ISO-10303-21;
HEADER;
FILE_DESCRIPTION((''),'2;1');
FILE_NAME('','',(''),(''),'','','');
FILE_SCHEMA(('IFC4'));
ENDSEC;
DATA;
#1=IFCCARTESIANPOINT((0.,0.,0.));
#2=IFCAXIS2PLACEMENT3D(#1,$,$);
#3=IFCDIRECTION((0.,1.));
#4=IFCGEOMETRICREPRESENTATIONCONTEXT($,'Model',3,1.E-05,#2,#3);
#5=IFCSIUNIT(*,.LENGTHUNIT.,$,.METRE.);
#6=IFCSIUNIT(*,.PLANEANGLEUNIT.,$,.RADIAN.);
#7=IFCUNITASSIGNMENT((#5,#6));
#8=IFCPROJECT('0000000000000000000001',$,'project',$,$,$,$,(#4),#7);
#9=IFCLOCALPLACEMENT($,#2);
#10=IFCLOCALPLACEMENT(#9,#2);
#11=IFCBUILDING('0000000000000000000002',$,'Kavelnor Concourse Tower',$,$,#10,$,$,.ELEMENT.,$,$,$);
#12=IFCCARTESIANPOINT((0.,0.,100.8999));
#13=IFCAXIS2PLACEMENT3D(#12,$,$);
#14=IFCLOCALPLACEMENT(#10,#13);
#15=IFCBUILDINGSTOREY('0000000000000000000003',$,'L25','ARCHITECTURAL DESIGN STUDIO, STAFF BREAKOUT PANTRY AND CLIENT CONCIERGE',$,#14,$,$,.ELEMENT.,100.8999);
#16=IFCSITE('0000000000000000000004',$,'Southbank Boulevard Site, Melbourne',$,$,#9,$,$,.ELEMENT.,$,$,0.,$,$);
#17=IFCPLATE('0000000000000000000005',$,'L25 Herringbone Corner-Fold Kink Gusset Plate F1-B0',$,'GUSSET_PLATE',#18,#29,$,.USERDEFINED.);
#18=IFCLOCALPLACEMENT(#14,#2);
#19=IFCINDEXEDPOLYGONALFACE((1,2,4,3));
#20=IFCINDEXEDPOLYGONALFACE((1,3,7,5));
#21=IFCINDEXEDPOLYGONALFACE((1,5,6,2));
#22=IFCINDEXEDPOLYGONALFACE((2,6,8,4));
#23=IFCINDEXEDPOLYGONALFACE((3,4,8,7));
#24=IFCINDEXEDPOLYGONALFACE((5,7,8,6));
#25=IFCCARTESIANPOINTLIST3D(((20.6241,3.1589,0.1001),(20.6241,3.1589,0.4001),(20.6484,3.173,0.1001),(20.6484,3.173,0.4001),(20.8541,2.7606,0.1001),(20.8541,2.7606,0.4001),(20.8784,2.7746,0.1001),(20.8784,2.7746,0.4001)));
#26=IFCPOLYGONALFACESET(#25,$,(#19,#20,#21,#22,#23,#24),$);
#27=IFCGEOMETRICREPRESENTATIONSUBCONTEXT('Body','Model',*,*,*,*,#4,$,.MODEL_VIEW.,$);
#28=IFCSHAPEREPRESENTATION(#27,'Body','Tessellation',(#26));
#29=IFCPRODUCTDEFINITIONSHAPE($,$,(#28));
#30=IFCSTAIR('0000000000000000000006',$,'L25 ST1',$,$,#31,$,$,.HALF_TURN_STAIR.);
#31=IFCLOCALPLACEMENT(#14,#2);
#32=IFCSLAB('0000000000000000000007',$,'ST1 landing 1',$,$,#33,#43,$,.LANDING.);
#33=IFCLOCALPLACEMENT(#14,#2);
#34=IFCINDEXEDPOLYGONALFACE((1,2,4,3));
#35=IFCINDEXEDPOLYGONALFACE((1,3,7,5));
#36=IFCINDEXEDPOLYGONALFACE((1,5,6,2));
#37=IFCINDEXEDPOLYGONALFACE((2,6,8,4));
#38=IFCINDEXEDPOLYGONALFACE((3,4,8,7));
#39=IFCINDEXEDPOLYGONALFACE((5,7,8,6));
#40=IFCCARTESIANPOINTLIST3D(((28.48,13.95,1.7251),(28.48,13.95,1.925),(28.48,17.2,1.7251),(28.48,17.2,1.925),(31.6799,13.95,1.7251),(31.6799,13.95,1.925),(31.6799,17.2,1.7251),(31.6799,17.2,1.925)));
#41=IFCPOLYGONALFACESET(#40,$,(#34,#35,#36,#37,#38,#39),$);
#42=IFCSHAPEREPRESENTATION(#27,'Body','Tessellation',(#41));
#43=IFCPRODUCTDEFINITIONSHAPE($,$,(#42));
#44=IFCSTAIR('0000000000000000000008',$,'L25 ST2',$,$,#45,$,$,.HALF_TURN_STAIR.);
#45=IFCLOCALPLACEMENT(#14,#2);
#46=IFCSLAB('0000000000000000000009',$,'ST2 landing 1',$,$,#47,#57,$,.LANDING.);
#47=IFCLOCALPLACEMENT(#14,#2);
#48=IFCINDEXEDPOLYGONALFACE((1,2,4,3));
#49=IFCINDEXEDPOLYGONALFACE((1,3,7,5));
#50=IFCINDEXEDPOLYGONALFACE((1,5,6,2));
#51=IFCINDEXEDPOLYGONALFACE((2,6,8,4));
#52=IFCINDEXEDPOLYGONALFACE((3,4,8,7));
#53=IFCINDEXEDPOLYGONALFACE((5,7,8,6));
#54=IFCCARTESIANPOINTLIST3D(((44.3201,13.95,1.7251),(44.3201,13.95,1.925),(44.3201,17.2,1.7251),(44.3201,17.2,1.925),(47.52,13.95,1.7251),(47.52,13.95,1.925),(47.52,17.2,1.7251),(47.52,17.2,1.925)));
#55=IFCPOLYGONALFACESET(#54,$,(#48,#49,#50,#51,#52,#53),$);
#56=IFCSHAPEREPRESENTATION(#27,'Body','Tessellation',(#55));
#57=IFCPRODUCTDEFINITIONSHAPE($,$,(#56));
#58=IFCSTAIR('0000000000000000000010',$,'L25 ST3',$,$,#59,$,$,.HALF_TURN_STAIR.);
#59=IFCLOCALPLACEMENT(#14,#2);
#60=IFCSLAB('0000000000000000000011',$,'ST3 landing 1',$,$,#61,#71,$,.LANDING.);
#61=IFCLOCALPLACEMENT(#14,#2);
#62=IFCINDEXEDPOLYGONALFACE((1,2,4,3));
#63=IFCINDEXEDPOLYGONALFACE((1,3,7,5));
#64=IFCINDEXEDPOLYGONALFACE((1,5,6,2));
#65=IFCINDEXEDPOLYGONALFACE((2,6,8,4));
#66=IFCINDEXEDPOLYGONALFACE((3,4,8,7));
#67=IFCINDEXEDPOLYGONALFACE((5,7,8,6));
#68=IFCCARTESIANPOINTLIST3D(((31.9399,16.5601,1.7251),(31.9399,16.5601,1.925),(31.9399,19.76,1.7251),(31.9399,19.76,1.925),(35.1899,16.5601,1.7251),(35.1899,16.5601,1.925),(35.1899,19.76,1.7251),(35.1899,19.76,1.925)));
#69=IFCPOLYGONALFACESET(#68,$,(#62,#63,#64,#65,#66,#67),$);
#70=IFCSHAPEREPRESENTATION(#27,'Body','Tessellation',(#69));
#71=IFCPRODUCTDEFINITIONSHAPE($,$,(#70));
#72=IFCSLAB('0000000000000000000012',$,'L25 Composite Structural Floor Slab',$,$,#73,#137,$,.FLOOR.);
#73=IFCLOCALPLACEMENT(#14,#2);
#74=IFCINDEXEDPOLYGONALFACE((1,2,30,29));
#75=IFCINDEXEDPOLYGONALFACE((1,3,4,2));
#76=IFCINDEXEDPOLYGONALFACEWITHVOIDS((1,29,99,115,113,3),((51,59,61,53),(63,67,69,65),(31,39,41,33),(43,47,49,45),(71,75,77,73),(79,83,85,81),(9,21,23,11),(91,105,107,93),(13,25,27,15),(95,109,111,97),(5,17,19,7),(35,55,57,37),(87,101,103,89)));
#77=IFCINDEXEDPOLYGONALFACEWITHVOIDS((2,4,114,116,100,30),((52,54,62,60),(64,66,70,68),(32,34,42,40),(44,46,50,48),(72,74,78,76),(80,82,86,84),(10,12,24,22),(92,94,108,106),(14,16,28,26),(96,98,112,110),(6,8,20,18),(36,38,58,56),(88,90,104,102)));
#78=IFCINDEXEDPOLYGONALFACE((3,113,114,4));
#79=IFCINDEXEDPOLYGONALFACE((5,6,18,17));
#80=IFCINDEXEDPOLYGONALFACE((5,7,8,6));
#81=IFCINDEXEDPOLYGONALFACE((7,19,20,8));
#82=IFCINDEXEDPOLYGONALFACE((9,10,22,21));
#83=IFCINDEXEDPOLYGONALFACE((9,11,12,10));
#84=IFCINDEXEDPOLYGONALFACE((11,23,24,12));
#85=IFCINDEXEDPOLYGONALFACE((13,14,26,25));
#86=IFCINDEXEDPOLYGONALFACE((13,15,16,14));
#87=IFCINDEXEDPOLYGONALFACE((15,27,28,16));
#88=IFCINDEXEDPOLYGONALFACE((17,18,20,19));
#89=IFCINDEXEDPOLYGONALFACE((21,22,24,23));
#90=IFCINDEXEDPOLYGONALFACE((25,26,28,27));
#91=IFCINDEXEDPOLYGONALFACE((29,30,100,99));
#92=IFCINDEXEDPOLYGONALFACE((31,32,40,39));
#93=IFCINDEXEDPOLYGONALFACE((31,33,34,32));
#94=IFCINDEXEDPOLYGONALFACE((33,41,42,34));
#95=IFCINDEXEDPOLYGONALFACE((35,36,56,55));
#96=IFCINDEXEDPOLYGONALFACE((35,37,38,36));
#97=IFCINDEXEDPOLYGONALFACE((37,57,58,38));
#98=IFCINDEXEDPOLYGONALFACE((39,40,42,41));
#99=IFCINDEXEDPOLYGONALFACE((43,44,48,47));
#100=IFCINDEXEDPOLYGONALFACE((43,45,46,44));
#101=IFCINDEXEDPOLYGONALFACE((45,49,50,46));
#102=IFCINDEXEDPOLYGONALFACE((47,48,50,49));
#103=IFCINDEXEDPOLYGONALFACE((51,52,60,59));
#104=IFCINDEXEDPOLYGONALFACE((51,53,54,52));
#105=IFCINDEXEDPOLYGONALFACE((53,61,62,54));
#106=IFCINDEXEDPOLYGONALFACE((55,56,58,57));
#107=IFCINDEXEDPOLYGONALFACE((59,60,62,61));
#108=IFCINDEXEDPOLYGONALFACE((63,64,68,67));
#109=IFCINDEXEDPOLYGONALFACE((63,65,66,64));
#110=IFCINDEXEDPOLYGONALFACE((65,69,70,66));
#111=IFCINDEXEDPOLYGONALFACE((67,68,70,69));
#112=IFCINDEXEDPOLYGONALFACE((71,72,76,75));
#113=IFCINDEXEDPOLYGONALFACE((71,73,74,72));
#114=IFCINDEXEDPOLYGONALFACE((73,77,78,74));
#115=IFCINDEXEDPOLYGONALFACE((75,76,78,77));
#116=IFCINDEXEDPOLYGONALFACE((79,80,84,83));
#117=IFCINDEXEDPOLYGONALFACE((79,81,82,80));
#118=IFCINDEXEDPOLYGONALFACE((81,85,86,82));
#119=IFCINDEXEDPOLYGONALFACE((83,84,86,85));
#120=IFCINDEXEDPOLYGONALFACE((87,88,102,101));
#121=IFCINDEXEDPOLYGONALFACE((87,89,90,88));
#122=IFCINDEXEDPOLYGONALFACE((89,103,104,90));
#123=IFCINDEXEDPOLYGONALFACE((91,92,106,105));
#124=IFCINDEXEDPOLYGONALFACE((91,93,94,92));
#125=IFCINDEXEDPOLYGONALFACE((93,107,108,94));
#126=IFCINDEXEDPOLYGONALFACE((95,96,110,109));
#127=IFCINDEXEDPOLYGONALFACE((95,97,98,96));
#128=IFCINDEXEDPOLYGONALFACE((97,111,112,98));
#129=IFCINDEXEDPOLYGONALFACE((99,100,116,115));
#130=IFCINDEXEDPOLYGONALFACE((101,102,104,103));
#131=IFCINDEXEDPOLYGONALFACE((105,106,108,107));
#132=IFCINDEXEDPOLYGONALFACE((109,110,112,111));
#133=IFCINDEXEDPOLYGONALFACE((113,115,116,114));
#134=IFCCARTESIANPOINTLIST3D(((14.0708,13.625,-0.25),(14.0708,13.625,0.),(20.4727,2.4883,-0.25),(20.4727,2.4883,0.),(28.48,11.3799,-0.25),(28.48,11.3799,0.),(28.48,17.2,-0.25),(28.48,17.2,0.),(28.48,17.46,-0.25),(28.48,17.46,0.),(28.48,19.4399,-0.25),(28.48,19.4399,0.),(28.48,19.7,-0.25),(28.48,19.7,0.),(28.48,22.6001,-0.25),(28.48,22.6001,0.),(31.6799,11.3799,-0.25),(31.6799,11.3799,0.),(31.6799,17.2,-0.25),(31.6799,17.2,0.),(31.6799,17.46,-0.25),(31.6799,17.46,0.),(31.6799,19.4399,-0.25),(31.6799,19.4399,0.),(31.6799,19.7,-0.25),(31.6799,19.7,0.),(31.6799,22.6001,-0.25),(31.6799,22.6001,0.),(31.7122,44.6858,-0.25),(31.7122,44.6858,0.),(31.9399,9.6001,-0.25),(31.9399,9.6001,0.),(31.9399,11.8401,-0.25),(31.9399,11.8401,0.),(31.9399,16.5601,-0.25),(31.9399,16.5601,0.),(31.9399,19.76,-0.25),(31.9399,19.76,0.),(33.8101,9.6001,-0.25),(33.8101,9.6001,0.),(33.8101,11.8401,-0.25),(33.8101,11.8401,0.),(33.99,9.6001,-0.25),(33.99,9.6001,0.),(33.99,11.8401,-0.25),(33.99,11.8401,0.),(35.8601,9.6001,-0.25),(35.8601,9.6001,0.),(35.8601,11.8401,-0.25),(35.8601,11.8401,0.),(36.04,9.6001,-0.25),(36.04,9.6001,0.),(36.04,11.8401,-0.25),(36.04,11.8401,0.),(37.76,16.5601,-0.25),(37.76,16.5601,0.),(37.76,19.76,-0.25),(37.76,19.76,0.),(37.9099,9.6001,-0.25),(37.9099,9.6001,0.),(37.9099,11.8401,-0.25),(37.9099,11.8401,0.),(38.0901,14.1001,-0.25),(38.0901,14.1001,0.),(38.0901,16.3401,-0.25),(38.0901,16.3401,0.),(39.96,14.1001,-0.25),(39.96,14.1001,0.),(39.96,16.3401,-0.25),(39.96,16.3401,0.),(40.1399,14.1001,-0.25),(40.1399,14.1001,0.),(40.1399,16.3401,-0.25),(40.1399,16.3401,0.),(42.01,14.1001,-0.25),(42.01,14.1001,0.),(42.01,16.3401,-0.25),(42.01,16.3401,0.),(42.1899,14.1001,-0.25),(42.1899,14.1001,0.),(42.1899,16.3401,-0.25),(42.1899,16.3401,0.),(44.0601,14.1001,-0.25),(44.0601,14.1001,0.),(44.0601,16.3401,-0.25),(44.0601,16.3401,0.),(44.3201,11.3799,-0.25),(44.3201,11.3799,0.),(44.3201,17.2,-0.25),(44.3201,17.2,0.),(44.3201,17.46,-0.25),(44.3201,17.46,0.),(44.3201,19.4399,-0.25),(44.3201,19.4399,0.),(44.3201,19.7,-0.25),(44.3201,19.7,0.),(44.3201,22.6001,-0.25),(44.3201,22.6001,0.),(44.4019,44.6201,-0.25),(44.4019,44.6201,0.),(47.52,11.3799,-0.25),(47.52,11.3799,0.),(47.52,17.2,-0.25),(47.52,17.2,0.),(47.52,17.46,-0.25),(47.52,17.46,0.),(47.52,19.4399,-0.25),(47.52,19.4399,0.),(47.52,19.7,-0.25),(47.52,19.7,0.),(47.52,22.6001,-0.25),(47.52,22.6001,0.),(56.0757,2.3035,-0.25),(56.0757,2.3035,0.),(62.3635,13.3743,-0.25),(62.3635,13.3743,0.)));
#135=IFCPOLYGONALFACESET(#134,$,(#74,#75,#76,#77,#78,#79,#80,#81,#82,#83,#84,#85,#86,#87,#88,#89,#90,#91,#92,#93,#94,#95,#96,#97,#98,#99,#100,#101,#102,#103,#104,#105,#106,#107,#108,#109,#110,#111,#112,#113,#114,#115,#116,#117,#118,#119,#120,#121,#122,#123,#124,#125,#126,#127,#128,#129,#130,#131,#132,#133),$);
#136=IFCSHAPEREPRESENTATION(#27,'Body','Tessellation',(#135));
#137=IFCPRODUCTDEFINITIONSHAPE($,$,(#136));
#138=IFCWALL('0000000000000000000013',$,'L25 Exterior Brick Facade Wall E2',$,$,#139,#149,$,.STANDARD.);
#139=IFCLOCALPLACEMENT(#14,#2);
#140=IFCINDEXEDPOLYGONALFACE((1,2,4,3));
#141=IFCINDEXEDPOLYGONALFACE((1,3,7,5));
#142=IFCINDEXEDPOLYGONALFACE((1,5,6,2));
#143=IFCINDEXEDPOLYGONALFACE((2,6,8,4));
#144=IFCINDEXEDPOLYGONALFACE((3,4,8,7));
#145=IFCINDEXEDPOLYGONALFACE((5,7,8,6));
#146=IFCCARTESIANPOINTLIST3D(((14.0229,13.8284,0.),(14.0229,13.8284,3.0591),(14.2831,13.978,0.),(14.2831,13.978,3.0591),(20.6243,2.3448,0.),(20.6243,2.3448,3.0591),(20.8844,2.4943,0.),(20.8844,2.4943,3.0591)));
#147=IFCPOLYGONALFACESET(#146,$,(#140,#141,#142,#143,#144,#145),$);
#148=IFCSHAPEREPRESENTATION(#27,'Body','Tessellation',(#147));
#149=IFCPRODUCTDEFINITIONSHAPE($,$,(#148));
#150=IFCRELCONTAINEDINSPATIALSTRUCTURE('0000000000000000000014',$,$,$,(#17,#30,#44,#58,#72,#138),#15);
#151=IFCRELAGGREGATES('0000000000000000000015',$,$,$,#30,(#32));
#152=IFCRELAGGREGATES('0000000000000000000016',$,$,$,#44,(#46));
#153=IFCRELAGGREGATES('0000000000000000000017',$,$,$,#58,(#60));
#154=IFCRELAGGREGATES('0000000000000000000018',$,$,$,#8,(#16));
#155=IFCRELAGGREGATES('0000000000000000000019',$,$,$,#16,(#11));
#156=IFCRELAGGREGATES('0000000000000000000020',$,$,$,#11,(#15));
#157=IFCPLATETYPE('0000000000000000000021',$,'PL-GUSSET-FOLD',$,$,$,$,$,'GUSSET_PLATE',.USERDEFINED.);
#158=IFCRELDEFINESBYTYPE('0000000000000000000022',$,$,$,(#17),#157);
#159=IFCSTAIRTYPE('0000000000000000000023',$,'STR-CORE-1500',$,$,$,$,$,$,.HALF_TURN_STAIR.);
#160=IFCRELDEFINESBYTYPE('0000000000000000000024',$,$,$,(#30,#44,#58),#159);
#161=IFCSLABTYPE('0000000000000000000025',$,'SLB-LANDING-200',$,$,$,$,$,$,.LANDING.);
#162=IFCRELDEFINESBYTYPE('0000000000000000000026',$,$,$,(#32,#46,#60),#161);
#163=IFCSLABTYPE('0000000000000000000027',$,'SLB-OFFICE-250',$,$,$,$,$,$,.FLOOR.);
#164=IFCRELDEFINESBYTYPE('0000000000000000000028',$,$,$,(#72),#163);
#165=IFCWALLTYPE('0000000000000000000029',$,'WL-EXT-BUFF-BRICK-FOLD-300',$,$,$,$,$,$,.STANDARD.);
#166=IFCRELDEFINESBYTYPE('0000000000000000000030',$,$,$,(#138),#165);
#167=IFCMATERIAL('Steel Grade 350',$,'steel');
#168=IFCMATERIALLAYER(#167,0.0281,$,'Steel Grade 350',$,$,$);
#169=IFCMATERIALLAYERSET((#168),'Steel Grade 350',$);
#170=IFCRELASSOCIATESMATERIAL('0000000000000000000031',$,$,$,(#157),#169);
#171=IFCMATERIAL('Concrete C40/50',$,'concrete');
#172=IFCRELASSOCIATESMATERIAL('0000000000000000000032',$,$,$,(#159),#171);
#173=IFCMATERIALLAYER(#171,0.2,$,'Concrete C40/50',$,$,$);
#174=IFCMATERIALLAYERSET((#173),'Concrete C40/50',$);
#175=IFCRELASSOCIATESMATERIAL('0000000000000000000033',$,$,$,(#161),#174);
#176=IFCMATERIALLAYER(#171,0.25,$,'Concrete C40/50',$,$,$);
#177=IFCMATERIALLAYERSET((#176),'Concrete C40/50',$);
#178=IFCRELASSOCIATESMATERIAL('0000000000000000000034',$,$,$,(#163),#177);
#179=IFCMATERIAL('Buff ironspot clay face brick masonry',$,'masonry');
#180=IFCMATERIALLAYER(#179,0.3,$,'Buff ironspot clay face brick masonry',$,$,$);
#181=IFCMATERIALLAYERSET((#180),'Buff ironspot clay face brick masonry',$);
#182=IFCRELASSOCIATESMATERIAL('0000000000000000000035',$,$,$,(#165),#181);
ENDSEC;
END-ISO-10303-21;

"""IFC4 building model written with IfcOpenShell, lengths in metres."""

from ifc_helpers import new_model, si_unit, direction, frame, frame_2d, origin, origin_2d, place, context, subcontext, project, spatial, polyline, rectangle, outline, extrude, material, layer, layer_set, type_object, element, aggregate, save


model = new_model("IFC4")

# Units and contexts
model_context = context("Model", 3, precision=1e-05, world=origin(), true_north=direction((0.0, 1.0)))
body_context = subcontext(model_context, "Body", "Model", "MODEL_VIEW")
ifc_project = project(units=[si_unit("LENGTHUNIT", "METRE"), si_unit("PLANEANGLEUNIT", "RADIAN")], contexts=[model_context])

# Site, building, storey
site_placement = place(None, origin())
site = spatial("IfcSite", under=ifc_project, at=site_placement, Name="Southbank Boulevard Site, Melbourne", CompositionType="ELEMENT", RefElevation=0.0)
building_placement = place(site_placement, origin())
building = spatial("IfcBuilding", under=site, at=building_placement, Name="Kavelnor Concourse Tower", CompositionType="ELEMENT")
storey_placement = place(building_placement, frame((0.0, 0.0, 100.8999)))
storey = spatial("IfcBuildingStorey", under=building, at=storey_placement, Name="L25", Description="ARCHITECTURAL DESIGN STUDIO, STAFF BREAKOUT PANTRY AND CLIENT CONCIERGE", CompositionType="ELEMENT", Elevation=100.8999)

# Shared definitions
ifc_material_1 = material(Name="Steel Grade 350", Category="steel")

# Plate
ifc_layer_1 = layer(ifc_material_1, 0.0281, Name="Steel Grade 350")
ifc_layer_set_1 = layer_set([ifc_layer_1], Name="Steel Grade 350")
plate_type_1 = type_object("IfcPlateType", Name="PL-GUSSET-FOLD", ElementType="GUSSET_PLATE", PredefinedType="USERDEFINED", material=ifc_layer_set_1)
plate_1_placement = place(storey_placement, frame((20.7512, 2.9668, 0.1001), z_axis=(0.0, 0.0, 1.0), x_axis=(-0.5, 0.866025, 0.0)))
element("IfcPlate", 1, at=plate_1_placement, inside=storey, type_object=plate_type_1, Name="L25 Herringbone Corner-Fold Kink Gusset Plate F1-B0", ObjectType="GUSSET_PLATE", PredefinedType="USERDEFINED", context=body_context, shape_type="SweptSolid", body=[
    extrude(rectangle(XDim=0.46, YDim=0.0281, at=origin_2d()), origin(), (0.0, 0.0, 1.0), 0.3),
])

# Stairs, slabs
ifc_material_2 = material(Name="Concrete C40/50", Category="concrete")
stair_type = type_object("IfcStairType", Name="STR-CORE-1500", PredefinedType="HALF_TURN_STAIR", material=ifc_material_2)
stair_1_placement = place(storey_placement, origin())
stair_1 = element("IfcStair", 2, at=stair_1_placement, inside=storey, type_object=stair_type, Name="L25 ST1", PredefinedType="HALF_TURN_STAIR")
ifc_layer_2 = layer(ifc_material_2, 0.2, Name="Concrete C40/50")
ifc_layer_set_2 = layer_set([ifc_layer_2], Name="Concrete C40/50")
slab_type_1 = type_object("IfcSlabType", Name="SLB-LANDING-200", PredefinedType="LANDING", material=ifc_layer_set_2)
slab_1_placement = place(storey_placement, frame((0.0, 0.0, 1.7251)))
slab_1 = element("IfcSlab", 3, at=slab_1_placement, type_object=slab_type_1, Name="ST1 landing 1", PredefinedType="LANDING", context=body_context, shape_type="SweptSolid", body=[
    extrude(outline(polyline([(31.6799, 13.95), (31.6799, 17.2), (28.48, 17.2), (28.48, 13.95), (31.6799, 13.95)])), origin(), (0.0, 0.0, 1.0), 0.2),
])
aggregate(stair_1, [slab_1])
stair_2_placement = place(storey_placement, origin())
stair_2 = element("IfcStair", 4, at=stair_2_placement, inside=storey, type_object=stair_type, Name="L25 ST2", PredefinedType="HALF_TURN_STAIR")
slab_2_placement = place(storey_placement, frame((0.0, 0.0, 1.7251)))
slab_2 = element("IfcSlab", 5, at=slab_2_placement, type_object=slab_type_1, Name="ST2 landing 1", PredefinedType="LANDING", context=body_context, shape_type="SweptSolid", body=[
    extrude(outline(polyline([(47.52, 13.95), (47.52, 17.2), (44.3201, 17.2), (44.3201, 13.95), (47.52, 13.95)])), origin(), (0.0, 0.0, 1.0), 0.2),
])
aggregate(stair_2, [slab_2])
stair_3_placement = place(storey_placement, origin())
stair_3 = element("IfcStair", 6, at=stair_3_placement, inside=storey, type_object=stair_type, Name="L25 ST3", PredefinedType="HALF_TURN_STAIR")
slab_3_placement = place(storey_placement, frame((0.0, 0.0, 1.7251)))
slab_3 = element("IfcSlab", 7, at=slab_3_placement, type_object=slab_type_1, Name="ST3 landing 1", PredefinedType="LANDING", context=body_context, shape_type="SweptSolid", body=[
    extrude(outline(polyline([(35.1899, 19.76), (31.9399, 19.76), (31.9399, 16.5601), (35.1899, 16.5601), (35.1899, 19.76)])), origin(), (0.0, 0.0, 1.0), 0.2),
])
aggregate(stair_3, [slab_3])

# Slab
ifc_layer_3 = layer(ifc_material_2, 0.25, Name="Concrete C40/50")
ifc_layer_set_3 = layer_set([ifc_layer_3], Name="Concrete C40/50")
slab_type_2 = type_object("IfcSlabType", Name="SLB-OFFICE-250", PredefinedType="FLOOR", material=ifc_layer_set_3)
slab_4_placement = place(storey_placement, frame((0.0, 0.0, -0.25)))
element("IfcSlab", 8, at=slab_4_placement, inside=storey, type_object=slab_type_2, Name="L25 Composite Structural Floor Slab", PredefinedType="FLOOR", context=body_context, shape_type="SweptSolid", body=[
    extrude(outline(polyline([(44.4019, 44.6201), (31.7122, 44.6858), (14.0708, 13.625), (20.4727, 2.4883), (56.0757, 2.3035), (62.3635, 13.3743), (44.4019, 44.6201)]), holes=[polyline([(28.48, 11.3799), (31.6799, 11.3799), (31.6799, 17.2), (28.48, 17.2), (28.48, 11.3799)]), polyline([(44.3201, 11.3799), (47.52, 11.3799), (47.52, 17.2), (44.3201, 17.2), (44.3201, 11.3799)]), polyline([(31.9399, 16.5601), (37.76, 16.5601), (37.76, 19.76), (31.9399, 19.76), (31.9399, 16.5601)]), polyline([(28.48, 19.7), (31.6799, 19.7), (31.6799, 22.6001), (28.48, 22.6001), (28.48, 19.7)]), polyline([(44.3201, 19.7), (47.52, 19.7), (47.52, 22.6001), (44.3201, 22.6001), (44.3201, 19.7)]), polyline([(38.0901, 14.1001), (39.96, 14.1001), (39.96, 16.3401), (38.0901, 16.3401), (38.0901, 14.1001)]), polyline([(40.1399, 14.1001), (42.01, 14.1001), (42.01, 16.3401), (40.1399, 16.3401), (40.1399, 14.1001)]), polyline([(42.1899, 14.1001), (44.0601, 14.1001), (44.0601, 16.3401), (42.1899, 16.3401), (42.1899, 14.1001)]), polyline([(31.9399, 9.6001), (33.8101, 9.6001), (33.8101, 11.8401), (31.9399, 11.8401), (31.9399, 9.6001)]), polyline([(33.99, 9.6001), (35.8601, 9.6001), (35.8601, 11.8401), (33.99, 11.8401), (33.99, 9.6001)]), polyline([(36.04, 9.6001), (37.9099, 9.6001), (37.9099, 11.8401), (36.04, 11.8401), (36.04, 9.6001)]), polyline([(28.48, 17.46), (31.6799, 17.46), (31.6799, 19.4399), (28.48, 19.4399), (28.48, 17.46)]), polyline([(44.3201, 17.46), (47.52, 17.46), (47.52, 19.4399), (44.3201, 19.4399), (44.3201, 17.46)])]), origin(), (0.0, 0.0, 1.0), 0.25),
])

# Wall
ifc_material_3 = material(Name="Buff ironspot clay face brick masonry", Category="masonry")
ifc_layer_4 = layer(ifc_material_3, 0.3, Name="Buff ironspot clay face brick masonry")
ifc_layer_set_4 = layer_set([ifc_layer_4], Name="Buff ironspot clay face brick masonry")
wall_type_1 = type_object("IfcWallType", Name="WL-EXT-BUFF-BRICK-FOLD-300", PredefinedType="STANDARD", material=ifc_layer_set_4)
wall_1_placement = place(storey_placement, frame((20.7544, 2.4194, 0.0), z_axis=(0.0, 0.0, 1.0), x_axis=(-0.49837, 0.866964, 0.0)))
element("IfcWall", 9, at=wall_1_placement, inside=storey, type_object=wall_type_1, Name="L25 Exterior Brick Facade Wall E2", PredefinedType="STANDARD", context=body_context, shape_type="SweptSolid", body=[
    extrude(rectangle(XDim=13.2458, YDim=0.3, at=frame_2d((6.623, 0.0))), origin(), (0.0, 0.0, 1.0), 3.0591),
])

save(model, "model.ifc")
